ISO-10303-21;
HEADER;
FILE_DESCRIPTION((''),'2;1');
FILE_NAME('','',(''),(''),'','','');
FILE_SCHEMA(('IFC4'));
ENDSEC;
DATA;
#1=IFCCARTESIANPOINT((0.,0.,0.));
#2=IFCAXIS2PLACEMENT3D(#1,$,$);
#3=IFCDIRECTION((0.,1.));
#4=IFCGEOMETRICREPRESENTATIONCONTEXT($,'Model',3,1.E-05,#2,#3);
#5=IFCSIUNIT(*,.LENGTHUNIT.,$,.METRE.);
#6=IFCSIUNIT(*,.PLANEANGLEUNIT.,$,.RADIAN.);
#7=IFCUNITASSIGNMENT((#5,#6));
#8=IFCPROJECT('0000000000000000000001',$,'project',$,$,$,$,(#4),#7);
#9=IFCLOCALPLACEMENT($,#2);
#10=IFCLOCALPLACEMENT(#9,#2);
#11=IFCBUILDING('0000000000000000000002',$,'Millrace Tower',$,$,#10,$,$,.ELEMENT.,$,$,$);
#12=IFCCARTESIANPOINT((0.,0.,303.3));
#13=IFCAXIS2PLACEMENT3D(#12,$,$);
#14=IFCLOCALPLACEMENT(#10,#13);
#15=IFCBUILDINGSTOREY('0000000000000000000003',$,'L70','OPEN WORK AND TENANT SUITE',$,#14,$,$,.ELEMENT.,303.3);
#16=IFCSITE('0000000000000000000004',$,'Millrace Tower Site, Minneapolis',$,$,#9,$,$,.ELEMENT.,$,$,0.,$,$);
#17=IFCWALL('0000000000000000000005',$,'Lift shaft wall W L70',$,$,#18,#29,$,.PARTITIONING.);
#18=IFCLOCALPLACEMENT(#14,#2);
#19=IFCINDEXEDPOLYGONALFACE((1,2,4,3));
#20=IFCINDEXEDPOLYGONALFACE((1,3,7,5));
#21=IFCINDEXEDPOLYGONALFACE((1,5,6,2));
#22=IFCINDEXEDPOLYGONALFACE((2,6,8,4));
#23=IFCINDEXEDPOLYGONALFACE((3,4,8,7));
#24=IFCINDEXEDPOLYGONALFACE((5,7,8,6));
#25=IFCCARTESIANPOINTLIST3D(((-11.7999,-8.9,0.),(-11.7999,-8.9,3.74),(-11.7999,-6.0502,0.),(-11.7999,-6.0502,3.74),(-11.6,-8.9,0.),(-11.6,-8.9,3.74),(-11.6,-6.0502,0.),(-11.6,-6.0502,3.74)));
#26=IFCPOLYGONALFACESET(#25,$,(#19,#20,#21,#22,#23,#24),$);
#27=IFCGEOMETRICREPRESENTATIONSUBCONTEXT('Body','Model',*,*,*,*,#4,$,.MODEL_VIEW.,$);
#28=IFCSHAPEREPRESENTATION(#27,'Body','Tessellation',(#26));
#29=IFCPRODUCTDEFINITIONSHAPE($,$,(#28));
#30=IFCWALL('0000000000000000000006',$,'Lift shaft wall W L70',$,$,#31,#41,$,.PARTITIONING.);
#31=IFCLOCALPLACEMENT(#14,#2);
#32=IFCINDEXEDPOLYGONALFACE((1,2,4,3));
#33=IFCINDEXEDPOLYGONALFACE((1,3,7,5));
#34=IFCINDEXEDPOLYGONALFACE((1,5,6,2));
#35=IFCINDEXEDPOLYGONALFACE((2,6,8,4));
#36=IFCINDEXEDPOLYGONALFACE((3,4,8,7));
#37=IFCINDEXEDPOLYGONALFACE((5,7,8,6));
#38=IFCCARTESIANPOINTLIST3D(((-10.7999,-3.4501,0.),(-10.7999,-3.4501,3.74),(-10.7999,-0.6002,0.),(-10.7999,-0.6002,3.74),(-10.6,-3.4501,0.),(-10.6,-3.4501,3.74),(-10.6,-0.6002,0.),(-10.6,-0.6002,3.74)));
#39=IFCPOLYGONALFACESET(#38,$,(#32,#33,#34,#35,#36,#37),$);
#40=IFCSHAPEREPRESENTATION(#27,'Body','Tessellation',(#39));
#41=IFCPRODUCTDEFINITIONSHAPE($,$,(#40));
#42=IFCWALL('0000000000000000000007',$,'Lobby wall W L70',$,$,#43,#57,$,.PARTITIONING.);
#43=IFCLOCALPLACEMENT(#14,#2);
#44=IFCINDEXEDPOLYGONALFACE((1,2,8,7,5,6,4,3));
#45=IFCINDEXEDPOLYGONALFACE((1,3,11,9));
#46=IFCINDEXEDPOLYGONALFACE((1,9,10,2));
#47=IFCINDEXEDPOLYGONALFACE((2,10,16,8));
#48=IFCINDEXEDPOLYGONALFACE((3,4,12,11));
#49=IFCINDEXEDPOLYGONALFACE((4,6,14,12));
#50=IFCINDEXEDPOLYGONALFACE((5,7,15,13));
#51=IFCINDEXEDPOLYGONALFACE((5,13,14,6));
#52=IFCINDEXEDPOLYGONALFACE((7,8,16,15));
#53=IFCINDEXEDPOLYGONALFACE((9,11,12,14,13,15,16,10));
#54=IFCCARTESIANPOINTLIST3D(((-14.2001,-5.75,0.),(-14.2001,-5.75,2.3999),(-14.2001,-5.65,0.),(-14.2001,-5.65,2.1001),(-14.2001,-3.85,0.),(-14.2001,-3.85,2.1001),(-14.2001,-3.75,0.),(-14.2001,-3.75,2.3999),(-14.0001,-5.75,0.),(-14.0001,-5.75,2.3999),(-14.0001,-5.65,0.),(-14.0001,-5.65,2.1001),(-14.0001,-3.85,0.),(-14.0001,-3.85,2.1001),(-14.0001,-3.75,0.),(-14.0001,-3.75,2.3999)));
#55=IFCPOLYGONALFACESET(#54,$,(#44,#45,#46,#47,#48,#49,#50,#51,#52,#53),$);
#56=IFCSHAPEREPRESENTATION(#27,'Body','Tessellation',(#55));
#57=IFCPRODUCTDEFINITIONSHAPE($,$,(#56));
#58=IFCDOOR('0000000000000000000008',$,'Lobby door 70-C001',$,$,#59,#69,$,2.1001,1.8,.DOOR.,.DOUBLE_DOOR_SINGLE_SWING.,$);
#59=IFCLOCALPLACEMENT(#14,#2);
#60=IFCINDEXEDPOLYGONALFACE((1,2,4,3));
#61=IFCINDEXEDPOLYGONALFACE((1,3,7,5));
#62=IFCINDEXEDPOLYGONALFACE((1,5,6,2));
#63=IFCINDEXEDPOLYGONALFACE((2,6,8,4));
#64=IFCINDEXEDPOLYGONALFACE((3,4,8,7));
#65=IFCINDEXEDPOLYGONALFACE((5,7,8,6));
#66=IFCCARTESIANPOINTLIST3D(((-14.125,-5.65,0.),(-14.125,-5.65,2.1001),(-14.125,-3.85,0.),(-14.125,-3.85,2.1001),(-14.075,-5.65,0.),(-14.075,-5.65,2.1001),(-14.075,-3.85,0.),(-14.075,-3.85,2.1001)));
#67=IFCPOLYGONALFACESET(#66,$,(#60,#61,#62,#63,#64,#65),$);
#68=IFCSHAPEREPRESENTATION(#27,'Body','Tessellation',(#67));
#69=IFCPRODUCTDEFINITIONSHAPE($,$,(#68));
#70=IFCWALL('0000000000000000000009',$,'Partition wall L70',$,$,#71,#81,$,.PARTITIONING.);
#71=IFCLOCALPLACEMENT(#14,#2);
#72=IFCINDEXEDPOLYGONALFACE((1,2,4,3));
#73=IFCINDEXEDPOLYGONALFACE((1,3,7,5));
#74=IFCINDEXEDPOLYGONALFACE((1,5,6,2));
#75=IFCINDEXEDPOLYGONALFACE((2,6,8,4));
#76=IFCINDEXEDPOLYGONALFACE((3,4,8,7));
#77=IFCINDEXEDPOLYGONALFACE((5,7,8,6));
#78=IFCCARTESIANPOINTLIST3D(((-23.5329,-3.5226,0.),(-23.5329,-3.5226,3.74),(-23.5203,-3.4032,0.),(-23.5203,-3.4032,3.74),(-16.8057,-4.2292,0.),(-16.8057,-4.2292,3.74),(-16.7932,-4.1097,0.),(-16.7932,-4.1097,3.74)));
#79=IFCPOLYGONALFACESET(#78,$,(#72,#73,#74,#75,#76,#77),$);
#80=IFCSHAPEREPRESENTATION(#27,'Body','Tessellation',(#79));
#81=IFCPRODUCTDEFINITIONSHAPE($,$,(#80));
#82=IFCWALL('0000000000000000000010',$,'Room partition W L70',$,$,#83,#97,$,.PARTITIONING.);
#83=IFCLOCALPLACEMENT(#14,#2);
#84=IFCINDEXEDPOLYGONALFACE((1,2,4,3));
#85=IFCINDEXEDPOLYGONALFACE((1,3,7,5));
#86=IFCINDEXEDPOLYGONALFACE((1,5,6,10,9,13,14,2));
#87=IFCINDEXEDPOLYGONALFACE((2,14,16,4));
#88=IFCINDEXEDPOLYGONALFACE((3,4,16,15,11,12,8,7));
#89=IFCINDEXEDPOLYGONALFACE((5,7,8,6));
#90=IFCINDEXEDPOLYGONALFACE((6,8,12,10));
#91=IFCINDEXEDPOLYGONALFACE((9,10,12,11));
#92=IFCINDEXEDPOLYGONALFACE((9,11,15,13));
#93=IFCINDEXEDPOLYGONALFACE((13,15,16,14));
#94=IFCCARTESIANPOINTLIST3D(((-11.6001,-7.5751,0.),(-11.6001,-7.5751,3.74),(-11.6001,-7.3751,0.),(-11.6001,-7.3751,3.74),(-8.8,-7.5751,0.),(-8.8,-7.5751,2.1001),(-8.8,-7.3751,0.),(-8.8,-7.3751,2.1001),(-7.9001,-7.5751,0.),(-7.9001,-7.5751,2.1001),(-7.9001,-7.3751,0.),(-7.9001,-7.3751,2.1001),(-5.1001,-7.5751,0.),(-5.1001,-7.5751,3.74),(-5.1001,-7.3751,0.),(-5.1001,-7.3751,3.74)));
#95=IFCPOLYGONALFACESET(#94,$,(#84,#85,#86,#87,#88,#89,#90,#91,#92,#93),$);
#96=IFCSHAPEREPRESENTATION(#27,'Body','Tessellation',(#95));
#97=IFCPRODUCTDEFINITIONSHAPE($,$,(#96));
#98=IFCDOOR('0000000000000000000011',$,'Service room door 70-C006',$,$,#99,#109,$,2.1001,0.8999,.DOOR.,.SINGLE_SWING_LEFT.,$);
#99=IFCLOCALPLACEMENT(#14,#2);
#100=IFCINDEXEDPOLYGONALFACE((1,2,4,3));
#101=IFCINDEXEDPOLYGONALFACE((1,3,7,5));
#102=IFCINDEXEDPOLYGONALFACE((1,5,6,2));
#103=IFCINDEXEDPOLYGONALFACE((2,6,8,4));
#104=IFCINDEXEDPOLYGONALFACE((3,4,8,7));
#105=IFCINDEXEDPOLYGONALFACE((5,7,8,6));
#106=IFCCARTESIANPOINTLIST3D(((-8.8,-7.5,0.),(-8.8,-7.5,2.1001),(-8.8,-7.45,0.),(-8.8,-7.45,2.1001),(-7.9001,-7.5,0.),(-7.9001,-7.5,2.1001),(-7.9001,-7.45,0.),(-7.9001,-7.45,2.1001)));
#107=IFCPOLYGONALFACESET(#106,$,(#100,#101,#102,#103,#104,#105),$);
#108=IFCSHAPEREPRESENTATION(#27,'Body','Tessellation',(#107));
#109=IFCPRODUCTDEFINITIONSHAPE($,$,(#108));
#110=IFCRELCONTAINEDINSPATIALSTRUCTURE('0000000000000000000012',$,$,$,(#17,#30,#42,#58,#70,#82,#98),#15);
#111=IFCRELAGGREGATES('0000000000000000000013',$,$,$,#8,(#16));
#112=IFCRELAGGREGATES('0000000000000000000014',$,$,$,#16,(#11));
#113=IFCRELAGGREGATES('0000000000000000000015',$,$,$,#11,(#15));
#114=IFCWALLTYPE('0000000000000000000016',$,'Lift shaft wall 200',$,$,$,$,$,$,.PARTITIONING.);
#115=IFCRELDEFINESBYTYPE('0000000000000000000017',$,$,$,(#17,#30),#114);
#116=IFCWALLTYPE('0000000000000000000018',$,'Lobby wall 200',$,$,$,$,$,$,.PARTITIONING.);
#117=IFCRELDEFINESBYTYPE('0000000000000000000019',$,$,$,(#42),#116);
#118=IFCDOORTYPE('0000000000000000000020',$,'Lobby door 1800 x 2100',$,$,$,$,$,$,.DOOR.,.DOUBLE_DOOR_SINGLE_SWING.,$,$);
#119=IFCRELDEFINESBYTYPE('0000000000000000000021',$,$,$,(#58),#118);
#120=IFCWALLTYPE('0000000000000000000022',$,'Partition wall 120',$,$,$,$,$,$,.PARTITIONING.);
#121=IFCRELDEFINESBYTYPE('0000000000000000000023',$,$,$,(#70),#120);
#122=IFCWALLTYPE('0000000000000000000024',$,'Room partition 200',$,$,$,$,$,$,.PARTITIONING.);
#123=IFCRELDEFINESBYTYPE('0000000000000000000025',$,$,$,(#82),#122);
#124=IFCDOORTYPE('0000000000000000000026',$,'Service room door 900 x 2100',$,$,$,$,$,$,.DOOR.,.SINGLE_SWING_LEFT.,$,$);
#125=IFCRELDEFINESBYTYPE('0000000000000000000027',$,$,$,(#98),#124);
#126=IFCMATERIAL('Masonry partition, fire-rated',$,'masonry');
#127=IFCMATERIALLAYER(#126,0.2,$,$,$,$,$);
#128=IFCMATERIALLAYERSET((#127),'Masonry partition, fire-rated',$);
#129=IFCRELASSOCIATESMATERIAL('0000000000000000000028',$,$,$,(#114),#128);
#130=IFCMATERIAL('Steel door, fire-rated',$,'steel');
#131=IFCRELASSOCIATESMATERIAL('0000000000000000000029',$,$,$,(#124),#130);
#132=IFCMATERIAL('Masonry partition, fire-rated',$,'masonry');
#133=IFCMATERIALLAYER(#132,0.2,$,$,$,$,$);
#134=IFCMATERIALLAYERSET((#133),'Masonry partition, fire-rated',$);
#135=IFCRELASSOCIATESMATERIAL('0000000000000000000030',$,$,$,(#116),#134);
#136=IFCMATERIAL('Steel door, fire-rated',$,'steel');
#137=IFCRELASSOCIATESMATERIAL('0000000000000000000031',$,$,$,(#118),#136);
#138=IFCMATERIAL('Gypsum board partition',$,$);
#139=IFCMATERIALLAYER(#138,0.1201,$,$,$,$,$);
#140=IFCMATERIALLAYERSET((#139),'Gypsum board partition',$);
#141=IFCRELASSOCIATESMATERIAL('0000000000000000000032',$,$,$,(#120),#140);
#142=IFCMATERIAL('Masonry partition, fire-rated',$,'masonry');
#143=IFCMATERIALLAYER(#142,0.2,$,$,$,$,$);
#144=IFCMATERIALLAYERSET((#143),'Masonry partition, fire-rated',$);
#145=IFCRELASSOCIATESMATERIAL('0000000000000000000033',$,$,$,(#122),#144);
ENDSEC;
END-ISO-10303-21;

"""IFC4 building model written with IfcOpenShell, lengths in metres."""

from ifc_helpers import new_model, si_unit, direction, frame, frame_2d, origin, place, context, subcontext, project, spatial, rectangle, extrude, material, layer, layer_set, type_object, element, fill, save


model = new_model("IFC4")

# Units and contexts
model_context = context("Model", 3, precision=1e-05, world=origin(), true_north=direction((0.0, 1.0)))
body_context = subcontext(model_context, "Body", "Model", "MODEL_VIEW")
ifc_project = project(units=[si_unit("LENGTHUNIT", "METRE"), si_unit("PLANEANGLEUNIT", "RADIAN")], contexts=[model_context])

# Site, building, storey
site_placement = place(None, origin())
site = spatial("IfcSite", under=ifc_project, at=site_placement, Name="Millrace Tower Site, Minneapolis", CompositionType="ELEMENT", RefElevation=0.0)
building_placement = place(site_placement, origin())
building = spatial("IfcBuilding", under=site, at=building_placement, Name="Millrace Tower", CompositionType="ELEMENT")
storey_placement = place(building_placement, frame((0.0, 0.0, 303.3)))
storey = spatial("IfcBuildingStorey", under=building, at=storey_placement, Name="L70", Description="OPEN WORK AND TENANT SUITE", CompositionType="ELEMENT", Elevation=303.3)

# Shared definitions
ifc_material_1 = material(Name="Masonry partition, fire-rated", Category="masonry")
ifc_layer_1 = layer(ifc_material_1, 0.2)
ifc_layer_set_1 = layer_set([ifc_layer_1], Name="Masonry partition, fire-rated")
wall_type_1 = type_object("IfcWallType", Name="Lift shaft wall 200", PredefinedType="PARTITIONING", material=ifc_layer_set_1)
ifc_material_2 = material(Name="Steel door, fire-rated", Category="steel")
door_type_1 = type_object("IfcDoorType", Name="Service room door 900 x 2100", OperationType="SINGLE_SWING_LEFT", PredefinedType="DOOR", material=ifc_material_2)

# Walls
for number, where, z_axis, x_axis, name in (
    (1, (-11.7, -8.8999, 0.0), (0.0, 0.0, 1.0), (0.0, 1.0, 0.0), "Lift shaft wall W L70"),
    (2, (-10.7, -3.45, 0.0), (0.0, 0.0, 1.0), (0.0, 1.0, 0.0), "Lift shaft wall W L70"),
):
    element("IfcWall", number, at=place(storey_placement, frame(where, z_axis=z_axis, x_axis=x_axis)), inside=storey, type_object=wall_type_1, Name=name, PredefinedType="PARTITIONING", context=body_context, shape_type="SweptSolid", body=[
        extrude(rectangle(XDim=2.8499, YDim=0.2, at=frame_2d((1.4248, 0.0))), origin(), (0.0, 0.0, 1.0), 3.74),
    ])

# Wall, opening, door
ifc_material_3 = material(Name="Masonry partition, fire-rated", Category="masonry")
ifc_layer_2 = layer(ifc_material_3, 0.2)
ifc_layer_set_2 = layer_set([ifc_layer_2], Name="Masonry partition, fire-rated")
wall_type_2 = type_object("IfcWallType", Name="Lobby wall 200", PredefinedType="PARTITIONING", material=ifc_layer_set_2)
wall_1_placement = place(storey_placement, frame((-14.1001, -5.75, 0.0), z_axis=(0.0, 0.0, 1.0), x_axis=(0.0, 1.0, 0.0)))
wall_1 = element("IfcWall", 3, at=wall_1_placement, inside=storey, type_object=wall_type_2, Name="Lobby wall W L70", PredefinedType="PARTITIONING", context=body_context, shape_type="SweptSolid", body=[
    extrude(rectangle(XDim=2.0, YDim=0.2, at=frame_2d((1.0, 0.0))), origin(), (0.0, 0.0, 1.0), 2.3999),
])
opening_1_placement = place(wall_1_placement, frame((0.1001, 0.0, 0.0)))
opening_1 = element("IfcOpeningElement", 4, at=opening_1_placement, cuts=wall_1, PredefinedType="OPENING", context=body_context, shape_type="SweptSolid", body=[
    extrude(rectangle(XDim=1.8, YDim=2.1001, at=frame_2d((0.8999, 1.05))), frame((0.0, 0.1099, 0.0), z_axis=(0.0, -1.0, 0.0), x_axis=(1.0, 0.0, 0.0)), (0.0, 0.0, 1.0), 0.22),
])
ifc_material_4 = material(Name="Steel door, fire-rated", Category="steel")
door_type_2 = type_object("IfcDoorType", Name="Lobby door 1800 x 2100", OperationType="DOUBLE_DOOR_SINGLE_SWING", PredefinedType="DOOR", material=ifc_material_4)
door_1_placement = place(opening_1_placement, origin())
door_1 = element("IfcDoor", 5, at=door_1_placement, inside=storey, type_object=door_type_2, Name="Lobby door 70-C001", OperationType="DOUBLE_DOOR_SINGLE_SWING", OverallHeight=2.1001, OverallWidth=1.8, PredefinedType="DOOR", context=body_context, shape_type="SweptSolid", body=[
    extrude(rectangle(XDim=1.8, YDim=2.1001, at=frame_2d((0.8999, 1.05))), frame((0.0, 0.0249, 0.0), z_axis=(0.0, -1.0, 0.0), x_axis=(1.0, 0.0, 0.0)), (0.0, 0.0, 1.0), 0.05),
])
fill(opening_1, door_1)

# Wall
ifc_material_5 = material(Name="Gypsum board partition")
ifc_layer_3 = layer(ifc_material_5, 0.1201)
ifc_layer_set_3 = layer_set([ifc_layer_3], Name="Gypsum board partition")
wall_type_3 = type_object("IfcWallType", Name="Partition wall 120", PredefinedType="PARTITIONING", material=ifc_layer_set_3)
wall_2_placement = place(storey_placement, frame((-23.5266, -3.4629, 0.0), z_axis=(0.0, 0.0, 1.0), x_axis=(0.99453, -0.104456, 0.0)))
element("IfcWall", 6, at=wall_2_placement, inside=storey, type_object=wall_type_3, Name="Partition wall L70", PredefinedType="PARTITIONING", context=body_context, shape_type="SweptSolid", body=[
    extrude(rectangle(XDim=6.7642, YDim=0.1201, at=frame_2d((3.3821, 0.0))), origin(), (0.0, 0.0, 1.0), 3.74),
])

# Wall, opening, door
ifc_material_6 = material(Name="Masonry partition, fire-rated", Category="masonry")
ifc_layer_4 = layer(ifc_material_6, 0.2)
ifc_layer_set_4 = layer_set([ifc_layer_4], Name="Masonry partition, fire-rated")
wall_type_4 = type_object("IfcWallType", Name="Room partition 200", PredefinedType="PARTITIONING", material=ifc_layer_set_4)
wall_3_placement = place(storey_placement, frame((-11.6001, -7.4751, 0.0), z_axis=(0.0, 0.0, 1.0), x_axis=(1.0, 0.0, 0.0)))
wall_3 = element("IfcWall", 7, at=wall_3_placement, inside=storey, type_object=wall_type_4, Name="Room partition W L70", PredefinedType="PARTITIONING", context=body_context, shape_type="SweptSolid", body=[
    extrude(rectangle(XDim=6.5, YDim=0.2, at=frame_2d((3.25, 0.0))), origin(), (0.0, 0.0, 1.0), 3.74),
])
opening_2_placement = place(wall_3_placement, frame((2.8, 0.0, 0.0)))
opening_2 = element("IfcOpeningElement", 8, at=opening_2_placement, cuts=wall_3, PredefinedType="OPENING", context=body_context, shape_type="SweptSolid", body=[
    extrude(rectangle(XDim=0.8999, YDim=2.1001, at=frame_2d((0.45, 1.05))), frame((0.0, 0.1099, 0.0), z_axis=(0.0, -1.0, 0.0), x_axis=(1.0, 0.0, 0.0)), (0.0, 0.0, 1.0), 0.22),
])
door_2_placement = place(opening_2_placement, frame((0.8999, 0.0, 0.0), z_axis=(0.0, 0.0, 1.0), x_axis=(-1.0, 0.0, 0.0)))
door_2 = element("IfcDoor", 9, at=door_2_placement, inside=storey, type_object=door_type_1, Name="Service room door 70-C006", OperationType="SINGLE_SWING_LEFT", OverallHeight=2.1001, OverallWidth=0.8999, PredefinedType="DOOR", context=body_context, shape_type="SweptSolid", body=[
    extrude(rectangle(XDim=0.8999, YDim=2.1001, at=frame_2d((0.45, 1.05))), frame((0.0, 0.0249, 0.0), z_axis=(0.0, -1.0, 0.0), x_axis=(1.0, 0.0, 0.0)), (0.0, 0.0, 1.0), 0.05),
])
fill(opening_2, door_2)

save(model, "model.ifc")
